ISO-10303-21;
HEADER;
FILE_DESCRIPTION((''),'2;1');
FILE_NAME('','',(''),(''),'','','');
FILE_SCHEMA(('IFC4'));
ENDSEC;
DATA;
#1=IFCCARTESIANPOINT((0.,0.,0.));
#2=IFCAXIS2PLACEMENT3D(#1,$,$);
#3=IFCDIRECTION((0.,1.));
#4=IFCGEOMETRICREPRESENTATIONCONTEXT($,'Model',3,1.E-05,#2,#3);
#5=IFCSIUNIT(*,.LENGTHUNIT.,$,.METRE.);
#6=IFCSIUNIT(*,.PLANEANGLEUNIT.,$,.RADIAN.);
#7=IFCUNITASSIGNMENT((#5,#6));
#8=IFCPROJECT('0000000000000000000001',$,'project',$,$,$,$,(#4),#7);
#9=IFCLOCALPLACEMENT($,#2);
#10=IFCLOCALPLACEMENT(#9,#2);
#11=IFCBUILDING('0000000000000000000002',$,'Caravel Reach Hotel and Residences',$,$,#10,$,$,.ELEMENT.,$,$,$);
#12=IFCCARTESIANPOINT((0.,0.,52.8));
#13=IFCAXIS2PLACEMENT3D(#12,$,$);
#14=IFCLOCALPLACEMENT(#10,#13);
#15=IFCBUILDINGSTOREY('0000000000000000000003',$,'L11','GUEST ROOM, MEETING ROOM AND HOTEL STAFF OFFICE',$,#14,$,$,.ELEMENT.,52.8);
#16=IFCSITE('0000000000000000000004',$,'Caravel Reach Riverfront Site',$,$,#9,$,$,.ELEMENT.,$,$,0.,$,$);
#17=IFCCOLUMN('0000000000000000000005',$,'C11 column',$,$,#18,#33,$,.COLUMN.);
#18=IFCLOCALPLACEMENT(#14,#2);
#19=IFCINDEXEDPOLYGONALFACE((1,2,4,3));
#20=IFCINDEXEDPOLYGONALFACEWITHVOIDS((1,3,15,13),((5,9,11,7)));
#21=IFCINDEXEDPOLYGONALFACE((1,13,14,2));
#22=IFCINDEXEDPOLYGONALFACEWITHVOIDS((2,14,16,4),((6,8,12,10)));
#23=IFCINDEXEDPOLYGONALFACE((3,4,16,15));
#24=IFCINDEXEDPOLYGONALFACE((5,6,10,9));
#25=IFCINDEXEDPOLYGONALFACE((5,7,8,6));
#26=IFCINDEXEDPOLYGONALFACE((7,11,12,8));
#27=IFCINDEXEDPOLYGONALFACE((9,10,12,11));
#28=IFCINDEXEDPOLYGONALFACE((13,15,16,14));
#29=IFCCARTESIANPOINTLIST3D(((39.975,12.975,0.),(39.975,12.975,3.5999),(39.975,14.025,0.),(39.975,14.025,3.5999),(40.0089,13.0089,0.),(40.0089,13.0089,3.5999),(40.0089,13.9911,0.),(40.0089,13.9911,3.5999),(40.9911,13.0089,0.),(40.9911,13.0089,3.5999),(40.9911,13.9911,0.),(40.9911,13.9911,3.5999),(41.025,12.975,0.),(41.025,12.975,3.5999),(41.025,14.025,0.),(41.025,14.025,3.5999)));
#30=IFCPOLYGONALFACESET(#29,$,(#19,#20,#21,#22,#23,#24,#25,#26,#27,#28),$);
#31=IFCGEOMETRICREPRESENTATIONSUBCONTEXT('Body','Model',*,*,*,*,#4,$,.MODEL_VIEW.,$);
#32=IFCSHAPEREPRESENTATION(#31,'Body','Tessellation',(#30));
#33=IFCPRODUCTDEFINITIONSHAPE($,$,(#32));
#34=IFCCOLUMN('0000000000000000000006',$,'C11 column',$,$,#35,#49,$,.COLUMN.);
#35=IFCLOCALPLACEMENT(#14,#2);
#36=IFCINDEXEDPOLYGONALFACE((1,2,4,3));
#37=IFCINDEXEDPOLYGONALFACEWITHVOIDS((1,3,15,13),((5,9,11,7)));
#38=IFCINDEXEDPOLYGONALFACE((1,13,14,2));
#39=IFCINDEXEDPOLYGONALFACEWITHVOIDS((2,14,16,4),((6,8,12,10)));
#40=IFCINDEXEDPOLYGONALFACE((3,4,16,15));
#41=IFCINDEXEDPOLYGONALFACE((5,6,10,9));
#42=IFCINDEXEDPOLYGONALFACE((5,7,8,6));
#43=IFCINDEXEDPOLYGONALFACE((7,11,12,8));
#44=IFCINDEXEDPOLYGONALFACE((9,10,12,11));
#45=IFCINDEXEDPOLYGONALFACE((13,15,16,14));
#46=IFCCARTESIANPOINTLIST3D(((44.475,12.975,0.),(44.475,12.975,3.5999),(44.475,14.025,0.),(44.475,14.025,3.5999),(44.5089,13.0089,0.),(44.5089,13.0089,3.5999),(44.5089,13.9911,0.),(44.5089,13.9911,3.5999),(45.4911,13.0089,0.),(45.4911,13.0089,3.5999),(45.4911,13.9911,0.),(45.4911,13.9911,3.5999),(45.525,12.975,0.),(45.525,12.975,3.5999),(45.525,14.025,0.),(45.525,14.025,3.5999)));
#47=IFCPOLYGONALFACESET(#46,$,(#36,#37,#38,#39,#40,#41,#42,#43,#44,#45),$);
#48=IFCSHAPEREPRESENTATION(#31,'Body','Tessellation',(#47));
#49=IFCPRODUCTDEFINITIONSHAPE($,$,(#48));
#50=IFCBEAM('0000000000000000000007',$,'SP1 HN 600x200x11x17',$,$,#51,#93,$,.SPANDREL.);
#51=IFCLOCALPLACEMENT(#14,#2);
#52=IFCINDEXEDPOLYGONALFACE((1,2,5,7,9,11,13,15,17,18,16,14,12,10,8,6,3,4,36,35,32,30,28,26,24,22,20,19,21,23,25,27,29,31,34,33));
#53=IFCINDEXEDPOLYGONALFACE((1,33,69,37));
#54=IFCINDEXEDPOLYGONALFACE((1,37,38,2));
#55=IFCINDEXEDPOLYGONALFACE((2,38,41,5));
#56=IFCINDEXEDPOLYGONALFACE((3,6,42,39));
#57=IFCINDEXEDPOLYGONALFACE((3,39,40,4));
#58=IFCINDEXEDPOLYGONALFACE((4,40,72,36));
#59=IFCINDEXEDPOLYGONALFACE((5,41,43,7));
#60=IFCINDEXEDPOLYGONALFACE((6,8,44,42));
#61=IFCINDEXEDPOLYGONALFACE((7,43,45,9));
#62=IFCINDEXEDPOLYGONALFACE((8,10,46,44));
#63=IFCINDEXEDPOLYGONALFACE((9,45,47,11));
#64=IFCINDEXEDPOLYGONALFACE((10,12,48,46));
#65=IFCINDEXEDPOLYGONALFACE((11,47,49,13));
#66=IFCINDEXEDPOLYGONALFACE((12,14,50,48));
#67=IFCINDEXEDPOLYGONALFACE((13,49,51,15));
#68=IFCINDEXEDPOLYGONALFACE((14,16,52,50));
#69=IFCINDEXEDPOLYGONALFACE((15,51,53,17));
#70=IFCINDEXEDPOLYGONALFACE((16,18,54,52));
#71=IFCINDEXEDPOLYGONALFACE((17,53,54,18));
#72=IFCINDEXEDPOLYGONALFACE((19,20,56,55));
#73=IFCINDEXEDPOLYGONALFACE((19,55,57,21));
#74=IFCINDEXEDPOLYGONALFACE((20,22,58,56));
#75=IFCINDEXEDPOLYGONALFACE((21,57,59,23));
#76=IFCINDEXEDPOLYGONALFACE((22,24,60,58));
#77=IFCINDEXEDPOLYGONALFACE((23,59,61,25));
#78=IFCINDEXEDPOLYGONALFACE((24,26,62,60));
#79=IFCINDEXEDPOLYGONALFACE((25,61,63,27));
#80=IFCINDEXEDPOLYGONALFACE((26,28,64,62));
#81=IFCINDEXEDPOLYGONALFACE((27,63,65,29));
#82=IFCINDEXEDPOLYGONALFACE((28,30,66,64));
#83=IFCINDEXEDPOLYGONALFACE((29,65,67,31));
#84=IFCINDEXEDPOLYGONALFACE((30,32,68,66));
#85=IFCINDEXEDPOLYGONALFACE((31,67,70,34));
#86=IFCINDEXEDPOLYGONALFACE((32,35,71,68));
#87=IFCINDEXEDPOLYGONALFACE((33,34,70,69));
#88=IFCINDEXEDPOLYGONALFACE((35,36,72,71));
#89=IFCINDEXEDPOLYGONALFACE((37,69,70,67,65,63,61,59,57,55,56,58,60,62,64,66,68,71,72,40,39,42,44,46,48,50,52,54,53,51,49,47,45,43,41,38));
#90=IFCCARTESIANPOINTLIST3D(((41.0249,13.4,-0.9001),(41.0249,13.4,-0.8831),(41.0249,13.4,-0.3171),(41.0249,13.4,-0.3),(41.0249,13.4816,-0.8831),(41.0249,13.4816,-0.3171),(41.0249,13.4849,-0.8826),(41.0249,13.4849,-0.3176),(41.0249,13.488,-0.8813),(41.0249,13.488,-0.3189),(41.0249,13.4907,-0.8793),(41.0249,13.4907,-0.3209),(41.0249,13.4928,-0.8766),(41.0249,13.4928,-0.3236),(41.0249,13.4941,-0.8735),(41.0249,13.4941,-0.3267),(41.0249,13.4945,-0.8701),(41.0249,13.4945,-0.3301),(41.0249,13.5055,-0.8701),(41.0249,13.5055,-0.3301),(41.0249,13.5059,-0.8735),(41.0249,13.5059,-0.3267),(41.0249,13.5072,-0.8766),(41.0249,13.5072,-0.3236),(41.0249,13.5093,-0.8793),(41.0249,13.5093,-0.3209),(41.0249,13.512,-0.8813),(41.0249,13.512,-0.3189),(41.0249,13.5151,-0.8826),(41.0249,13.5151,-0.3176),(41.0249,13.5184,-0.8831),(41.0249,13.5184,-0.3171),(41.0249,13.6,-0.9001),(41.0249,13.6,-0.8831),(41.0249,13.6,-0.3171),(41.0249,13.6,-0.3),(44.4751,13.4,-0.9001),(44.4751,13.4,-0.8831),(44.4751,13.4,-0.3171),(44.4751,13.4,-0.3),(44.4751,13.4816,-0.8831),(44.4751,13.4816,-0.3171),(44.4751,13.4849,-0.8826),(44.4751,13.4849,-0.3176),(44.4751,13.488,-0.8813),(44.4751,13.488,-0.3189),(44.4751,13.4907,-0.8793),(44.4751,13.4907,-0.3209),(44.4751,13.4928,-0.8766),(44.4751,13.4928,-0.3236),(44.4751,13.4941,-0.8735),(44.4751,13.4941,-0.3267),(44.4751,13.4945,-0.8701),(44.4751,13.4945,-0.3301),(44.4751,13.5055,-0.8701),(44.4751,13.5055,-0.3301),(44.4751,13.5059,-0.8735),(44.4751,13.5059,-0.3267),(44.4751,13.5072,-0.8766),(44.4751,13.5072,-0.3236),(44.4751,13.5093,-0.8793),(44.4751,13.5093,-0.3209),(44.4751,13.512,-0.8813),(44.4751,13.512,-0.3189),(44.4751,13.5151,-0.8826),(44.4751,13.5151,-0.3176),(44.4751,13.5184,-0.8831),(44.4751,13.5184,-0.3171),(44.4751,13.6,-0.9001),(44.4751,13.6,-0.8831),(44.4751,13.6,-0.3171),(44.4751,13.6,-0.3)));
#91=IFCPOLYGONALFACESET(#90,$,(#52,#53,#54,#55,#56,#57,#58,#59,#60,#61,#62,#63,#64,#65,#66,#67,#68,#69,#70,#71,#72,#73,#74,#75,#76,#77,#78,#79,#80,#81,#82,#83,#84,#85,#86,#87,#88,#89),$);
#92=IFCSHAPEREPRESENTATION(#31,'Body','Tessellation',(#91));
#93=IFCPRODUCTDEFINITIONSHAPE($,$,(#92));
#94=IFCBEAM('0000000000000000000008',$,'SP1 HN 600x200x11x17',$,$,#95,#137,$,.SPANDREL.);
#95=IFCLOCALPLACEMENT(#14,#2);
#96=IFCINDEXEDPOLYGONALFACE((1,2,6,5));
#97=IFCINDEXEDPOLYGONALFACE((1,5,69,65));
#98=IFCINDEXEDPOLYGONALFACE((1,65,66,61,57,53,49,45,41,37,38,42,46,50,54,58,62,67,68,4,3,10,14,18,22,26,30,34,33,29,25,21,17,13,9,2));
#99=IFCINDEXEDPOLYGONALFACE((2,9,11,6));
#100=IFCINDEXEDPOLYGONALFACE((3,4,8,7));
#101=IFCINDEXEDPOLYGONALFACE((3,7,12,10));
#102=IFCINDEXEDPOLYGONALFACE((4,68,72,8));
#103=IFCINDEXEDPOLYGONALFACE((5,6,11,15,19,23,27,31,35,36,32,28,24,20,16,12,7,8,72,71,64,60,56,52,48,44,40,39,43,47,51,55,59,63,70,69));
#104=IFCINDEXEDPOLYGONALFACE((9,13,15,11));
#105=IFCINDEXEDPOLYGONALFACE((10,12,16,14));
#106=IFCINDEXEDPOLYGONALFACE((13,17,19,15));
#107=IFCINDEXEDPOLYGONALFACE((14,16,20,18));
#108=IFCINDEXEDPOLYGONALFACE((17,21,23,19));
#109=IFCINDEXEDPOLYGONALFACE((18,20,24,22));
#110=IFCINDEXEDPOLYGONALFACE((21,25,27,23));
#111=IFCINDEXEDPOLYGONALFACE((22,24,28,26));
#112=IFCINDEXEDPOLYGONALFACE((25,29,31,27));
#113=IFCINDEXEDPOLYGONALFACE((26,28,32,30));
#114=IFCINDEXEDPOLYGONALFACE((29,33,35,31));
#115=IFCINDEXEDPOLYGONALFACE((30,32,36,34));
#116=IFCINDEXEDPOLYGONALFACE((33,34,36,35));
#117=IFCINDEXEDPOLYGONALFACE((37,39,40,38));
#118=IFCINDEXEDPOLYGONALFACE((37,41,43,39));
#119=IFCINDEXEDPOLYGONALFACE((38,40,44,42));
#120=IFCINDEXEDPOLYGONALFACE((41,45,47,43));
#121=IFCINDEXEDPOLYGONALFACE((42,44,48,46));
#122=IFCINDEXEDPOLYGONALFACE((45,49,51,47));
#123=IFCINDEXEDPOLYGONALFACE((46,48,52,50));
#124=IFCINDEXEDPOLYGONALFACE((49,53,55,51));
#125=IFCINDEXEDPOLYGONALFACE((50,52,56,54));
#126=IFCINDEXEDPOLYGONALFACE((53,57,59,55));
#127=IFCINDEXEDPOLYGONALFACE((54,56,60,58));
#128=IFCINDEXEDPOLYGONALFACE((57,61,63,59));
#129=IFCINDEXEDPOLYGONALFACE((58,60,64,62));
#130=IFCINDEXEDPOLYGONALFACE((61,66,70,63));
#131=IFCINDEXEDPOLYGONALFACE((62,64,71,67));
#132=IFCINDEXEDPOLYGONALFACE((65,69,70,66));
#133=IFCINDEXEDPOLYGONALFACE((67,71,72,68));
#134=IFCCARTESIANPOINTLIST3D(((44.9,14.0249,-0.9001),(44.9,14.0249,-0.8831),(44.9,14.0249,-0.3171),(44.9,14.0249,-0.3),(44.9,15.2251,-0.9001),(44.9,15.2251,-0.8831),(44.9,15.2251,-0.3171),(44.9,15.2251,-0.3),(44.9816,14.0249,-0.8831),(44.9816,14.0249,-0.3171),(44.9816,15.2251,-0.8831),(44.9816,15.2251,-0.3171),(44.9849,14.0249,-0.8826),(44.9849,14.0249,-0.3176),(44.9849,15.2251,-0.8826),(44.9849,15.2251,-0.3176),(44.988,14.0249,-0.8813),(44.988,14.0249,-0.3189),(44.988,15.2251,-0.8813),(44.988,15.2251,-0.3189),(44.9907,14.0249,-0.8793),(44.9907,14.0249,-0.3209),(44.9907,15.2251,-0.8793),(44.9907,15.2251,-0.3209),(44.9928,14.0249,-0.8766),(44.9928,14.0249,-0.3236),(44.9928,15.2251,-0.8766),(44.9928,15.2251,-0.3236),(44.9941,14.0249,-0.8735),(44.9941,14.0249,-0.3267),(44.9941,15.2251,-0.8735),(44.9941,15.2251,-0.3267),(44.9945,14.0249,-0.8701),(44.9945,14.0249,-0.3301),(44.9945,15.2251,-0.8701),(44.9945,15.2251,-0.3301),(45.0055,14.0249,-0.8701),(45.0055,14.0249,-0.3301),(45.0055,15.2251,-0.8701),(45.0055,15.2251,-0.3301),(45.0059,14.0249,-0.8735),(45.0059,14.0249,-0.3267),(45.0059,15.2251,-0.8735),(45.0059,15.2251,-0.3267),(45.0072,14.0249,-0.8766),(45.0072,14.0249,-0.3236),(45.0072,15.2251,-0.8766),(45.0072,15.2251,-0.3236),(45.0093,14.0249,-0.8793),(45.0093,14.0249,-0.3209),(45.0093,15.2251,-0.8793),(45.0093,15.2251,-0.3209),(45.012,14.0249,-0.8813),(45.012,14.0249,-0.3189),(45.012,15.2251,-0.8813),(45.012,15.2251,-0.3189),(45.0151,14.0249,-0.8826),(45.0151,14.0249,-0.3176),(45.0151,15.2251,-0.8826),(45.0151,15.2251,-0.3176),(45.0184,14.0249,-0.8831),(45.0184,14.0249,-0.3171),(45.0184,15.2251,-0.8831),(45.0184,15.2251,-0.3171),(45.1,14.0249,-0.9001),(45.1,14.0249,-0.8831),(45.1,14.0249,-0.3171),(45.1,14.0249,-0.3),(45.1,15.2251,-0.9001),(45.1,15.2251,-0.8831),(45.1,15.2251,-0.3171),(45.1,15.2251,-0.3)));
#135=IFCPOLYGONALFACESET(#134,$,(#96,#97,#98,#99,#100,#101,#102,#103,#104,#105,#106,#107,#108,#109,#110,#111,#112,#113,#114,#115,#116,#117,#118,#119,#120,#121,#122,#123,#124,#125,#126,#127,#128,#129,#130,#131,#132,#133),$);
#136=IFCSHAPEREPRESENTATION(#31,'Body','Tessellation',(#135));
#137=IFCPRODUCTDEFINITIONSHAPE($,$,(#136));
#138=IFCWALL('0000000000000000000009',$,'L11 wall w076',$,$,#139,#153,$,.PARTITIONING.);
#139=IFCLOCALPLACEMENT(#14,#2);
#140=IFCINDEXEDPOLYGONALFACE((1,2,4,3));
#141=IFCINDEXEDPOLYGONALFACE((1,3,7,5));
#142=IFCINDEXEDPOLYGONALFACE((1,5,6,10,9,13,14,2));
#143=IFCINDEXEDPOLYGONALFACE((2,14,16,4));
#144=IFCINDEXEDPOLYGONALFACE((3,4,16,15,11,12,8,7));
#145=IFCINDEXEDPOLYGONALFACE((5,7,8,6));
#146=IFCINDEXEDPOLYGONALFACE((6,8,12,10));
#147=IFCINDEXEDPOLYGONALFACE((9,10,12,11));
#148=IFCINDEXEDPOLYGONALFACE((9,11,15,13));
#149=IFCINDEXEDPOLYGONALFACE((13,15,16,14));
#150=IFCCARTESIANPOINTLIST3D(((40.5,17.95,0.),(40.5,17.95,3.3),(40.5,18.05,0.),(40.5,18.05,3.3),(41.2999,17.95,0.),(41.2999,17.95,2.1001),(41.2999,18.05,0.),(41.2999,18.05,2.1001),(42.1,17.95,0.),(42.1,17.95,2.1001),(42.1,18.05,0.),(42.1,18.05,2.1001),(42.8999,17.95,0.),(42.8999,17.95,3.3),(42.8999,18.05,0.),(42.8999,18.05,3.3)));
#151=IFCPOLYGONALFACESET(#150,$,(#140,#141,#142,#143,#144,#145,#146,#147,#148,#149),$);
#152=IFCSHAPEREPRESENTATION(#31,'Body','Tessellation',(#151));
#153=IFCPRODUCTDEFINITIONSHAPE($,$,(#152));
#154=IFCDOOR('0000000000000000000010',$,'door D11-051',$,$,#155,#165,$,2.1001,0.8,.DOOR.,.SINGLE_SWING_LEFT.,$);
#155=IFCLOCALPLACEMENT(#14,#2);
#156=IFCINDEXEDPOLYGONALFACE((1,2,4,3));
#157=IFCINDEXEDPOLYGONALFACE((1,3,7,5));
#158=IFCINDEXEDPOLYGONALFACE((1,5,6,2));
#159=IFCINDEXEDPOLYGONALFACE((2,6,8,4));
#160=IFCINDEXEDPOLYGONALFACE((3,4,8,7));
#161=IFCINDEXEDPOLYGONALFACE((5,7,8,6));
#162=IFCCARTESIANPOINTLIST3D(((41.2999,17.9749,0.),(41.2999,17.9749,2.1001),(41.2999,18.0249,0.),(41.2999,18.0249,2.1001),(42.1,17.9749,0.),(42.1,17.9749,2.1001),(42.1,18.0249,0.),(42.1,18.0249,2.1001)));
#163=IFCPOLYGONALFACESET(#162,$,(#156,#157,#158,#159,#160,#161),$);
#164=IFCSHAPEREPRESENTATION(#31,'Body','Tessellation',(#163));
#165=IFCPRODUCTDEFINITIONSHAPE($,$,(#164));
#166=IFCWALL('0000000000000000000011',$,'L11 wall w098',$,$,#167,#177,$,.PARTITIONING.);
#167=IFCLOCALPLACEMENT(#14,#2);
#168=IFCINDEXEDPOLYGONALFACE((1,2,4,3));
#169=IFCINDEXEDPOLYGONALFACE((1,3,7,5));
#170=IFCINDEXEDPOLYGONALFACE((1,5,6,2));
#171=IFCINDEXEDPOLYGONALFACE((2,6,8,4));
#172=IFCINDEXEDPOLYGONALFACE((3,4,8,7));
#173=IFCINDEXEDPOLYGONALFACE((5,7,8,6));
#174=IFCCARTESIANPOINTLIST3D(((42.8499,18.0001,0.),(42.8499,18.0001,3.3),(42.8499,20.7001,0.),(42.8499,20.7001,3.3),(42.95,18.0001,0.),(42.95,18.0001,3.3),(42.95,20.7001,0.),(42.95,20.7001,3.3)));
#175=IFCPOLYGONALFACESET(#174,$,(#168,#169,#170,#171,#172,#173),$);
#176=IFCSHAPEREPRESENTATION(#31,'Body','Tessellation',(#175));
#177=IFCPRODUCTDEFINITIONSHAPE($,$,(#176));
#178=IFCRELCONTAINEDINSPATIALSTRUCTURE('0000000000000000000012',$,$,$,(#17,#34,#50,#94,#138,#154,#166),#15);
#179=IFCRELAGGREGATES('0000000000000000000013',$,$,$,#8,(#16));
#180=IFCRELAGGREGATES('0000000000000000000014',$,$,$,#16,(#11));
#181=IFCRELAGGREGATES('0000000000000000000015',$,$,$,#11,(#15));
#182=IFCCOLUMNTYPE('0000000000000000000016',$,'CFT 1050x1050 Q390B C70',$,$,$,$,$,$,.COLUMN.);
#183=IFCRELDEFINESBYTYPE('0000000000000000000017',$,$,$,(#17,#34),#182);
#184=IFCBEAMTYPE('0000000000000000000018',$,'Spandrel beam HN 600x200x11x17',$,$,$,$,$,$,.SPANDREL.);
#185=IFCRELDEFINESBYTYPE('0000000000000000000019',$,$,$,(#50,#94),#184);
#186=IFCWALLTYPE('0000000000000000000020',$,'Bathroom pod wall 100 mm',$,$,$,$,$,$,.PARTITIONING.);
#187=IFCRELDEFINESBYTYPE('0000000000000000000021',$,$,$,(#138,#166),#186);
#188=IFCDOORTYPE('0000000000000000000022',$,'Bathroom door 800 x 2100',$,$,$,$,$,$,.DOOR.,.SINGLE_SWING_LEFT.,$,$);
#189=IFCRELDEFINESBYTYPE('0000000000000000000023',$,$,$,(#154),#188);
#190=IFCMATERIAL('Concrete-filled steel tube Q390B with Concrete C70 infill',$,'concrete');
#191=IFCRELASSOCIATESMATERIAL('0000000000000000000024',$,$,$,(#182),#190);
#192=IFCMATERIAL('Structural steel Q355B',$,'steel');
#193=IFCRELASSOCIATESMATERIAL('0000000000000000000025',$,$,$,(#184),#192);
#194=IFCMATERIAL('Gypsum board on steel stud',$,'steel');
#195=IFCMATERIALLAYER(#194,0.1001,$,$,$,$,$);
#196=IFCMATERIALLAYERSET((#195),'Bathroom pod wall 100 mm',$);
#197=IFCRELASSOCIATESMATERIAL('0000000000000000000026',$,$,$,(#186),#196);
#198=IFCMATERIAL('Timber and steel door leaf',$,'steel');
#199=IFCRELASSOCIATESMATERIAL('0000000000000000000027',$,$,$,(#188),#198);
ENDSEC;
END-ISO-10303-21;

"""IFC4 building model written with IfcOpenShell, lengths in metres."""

from ifc_helpers import new_model, si_unit, direction, frame, frame_2d, origin, origin_2d, place, context, subcontext, project, spatial, rectangle, hollow_rectangle, i_section, extrude, material, layer, layer_set, material_profile, profile_set, type_object, element, fill, save


model = new_model("IFC4")

# Units and contexts
model_context = context("Model", 3, precision=1e-05, world=origin(), true_north=direction((0.0, 1.0)))
body_context = subcontext(model_context, "Body", "Model", "MODEL_VIEW")
ifc_project = project(units=[si_unit("LENGTHUNIT", "METRE"), si_unit("PLANEANGLEUNIT", "RADIAN")], contexts=[model_context])

# Site, building, storey
site_placement = place(None, origin())
site = spatial("IfcSite", under=ifc_project, at=site_placement, Name="Caravel Reach Riverfront Site", CompositionType="ELEMENT", RefElevation=0.0)
building_placement = place(site_placement, origin())
building = spatial("IfcBuilding", under=site, at=building_placement, Name="Caravel Reach Hotel and Residences", CompositionType="ELEMENT")
storey_placement = place(building_placement, frame((0.0, 0.0, 52.8)))
storey = spatial("IfcBuildingStorey", under=building, at=storey_placement, Name="L11", Description="GUEST ROOM, MEETING ROOM AND HOTEL STAFF OFFICE", CompositionType="ELEMENT", Elevation=52.8)

# Columns
ifc_material_1 = material(Name="Concrete-filled steel tube Q390B with Concrete C70 infill", Category="concrete")
ifc_material_profile_1 = material_profile(ifc_material_1, hollow_rectangle(XDim=1.05, YDim=1.05, WallThickness=0.0339, at=origin_2d()), Name="RHS 1050x1050x34")
ifc_profile_set_1 = profile_set([ifc_material_profile_1], Name="Concrete-filled steel tube Q390B with Concrete C70 infill")
column_type = type_object("IfcColumnType", Name="CFT 1050x1050 Q390B C70", PredefinedType="COLUMN", material=ifc_profile_set_1)
for number, where, z_axis, x_axis, name in (
    (1, (40.5, 13.5, 0.0), (0.0, 0.0, 1.0), (1.0, 0.0, 0.0), "C11 column"),
    (2, (45.0, 13.5, 0.0), (0.0, 0.0, 1.0), (1.0, 0.0, 0.0), "C11 column"),
):
    element("IfcColumn", number, at=place(storey_placement, frame(where, z_axis=z_axis, x_axis=x_axis)), inside=storey, type_object=column_type, Name=name, PredefinedType="COLUMN", context=body_context, shape_type="SweptSolid", body=[
        extrude(hollow_rectangle(XDim=1.05, YDim=1.05, WallThickness=0.0339, at=origin_2d()), origin(), (0.0, 0.0, 1.0), 3.5999),
    ])

# Beams
ifc_material_2 = material(Name="Structural steel Q355B", Category="steel")
ifc_material_profile_2 = material_profile(ifc_material_2, i_section(OverallWidth=0.2, OverallDepth=0.6001, WebThickness=0.011, FlangeThickness=0.0171, FilletRadius=0.0129, at=origin_2d()), Name="HN 600x200x11x17")
ifc_profile_set_2 = profile_set([ifc_material_profile_2], Name="Structural steel Q355B")
beam_type = type_object("IfcBeamType", Name="Spandrel beam HN 600x200x11x17", PredefinedType="SPANDREL", material=ifc_profile_set_2)
beam_1_placement = place(storey_placement, frame((41.0249, 13.5, -0.6001), z_axis=(1.0, 0.0, 0.0), x_axis=(0.0, 1.0, 0.0)))
element("IfcBeam", 3, at=beam_1_placement, inside=storey, type_object=beam_type, Name="SP1 HN 600x200x11x17", PredefinedType="SPANDREL", context=body_context, shape_type="SweptSolid", body=[
    extrude(i_section(OverallWidth=0.2, OverallDepth=0.6001, WebThickness=0.011, FlangeThickness=0.0171, FilletRadius=0.0129, at=origin_2d()), origin(), (0.0, 0.0, 1.0), 3.4502),
])
beam_2_placement = place(storey_placement, frame((45.0, 14.0249, -0.6001), z_axis=(0.0, 1.0, 0.0), x_axis=(-1.0, 0.0, 0.0)))
element("IfcBeam", 4, at=beam_2_placement, inside=storey, type_object=beam_type, Name="SP1 HN 600x200x11x17", PredefinedType="SPANDREL", context=body_context, shape_type="SweptSolid", body=[
    extrude(i_section(OverallWidth=0.2, OverallDepth=0.6001, WebThickness=0.011, FlangeThickness=0.0171, FilletRadius=0.0129, at=origin_2d()), origin(), (0.0, 0.0, 1.0), 1.2002),
])

# Wall, opening, door
ifc_material_3 = material(Name="Gypsum board on steel stud", Category="steel")
ifc_layer_1 = layer(ifc_material_3, 0.1001)
ifc_layer_set_1 = layer_set([ifc_layer_1], Name="Bathroom pod wall 100 mm")
wall_type_1 = type_object("IfcWallType", Name="Bathroom pod wall 100 mm", PredefinedType="PARTITIONING", material=ifc_layer_set_1)
wall_1_placement = place(storey_placement, frame((40.5, 18.0, 0.0), z_axis=(0.0, 0.0, 1.0), x_axis=(1.0, 0.0, 0.0)))
wall_1 = element("IfcWall", 5, at=wall_1_placement, inside=storey, type_object=wall_type_1, Name="L11 wall w076", PredefinedType="PARTITIONING", context=body_context, shape_type="SweptSolid", body=[
    extrude(rectangle(XDim=2.3999, YDim=0.1001, at=frame_2d((1.2, 0.0))), origin(), (0.0, 0.0, 1.0), 3.3),
])
opening_1_placement = place(wall_1_placement, frame((0.8, 0.0, 0.0)))
opening_1 = element("IfcOpeningElement", 6, at=opening_1_placement, cuts=wall_1, PredefinedType="OPENING", context=body_context, shape_type="SweptSolid", body=[
    extrude(rectangle(XDim=0.8, YDim=2.1001, at=frame_2d((0.3999, 1.05))), frame((0.0, 0.0601, 0.0), z_axis=(0.0, -1.0, 0.0), x_axis=(1.0, 0.0, 0.0)), (0.0, 0.0, 1.0), 0.1201),
])
ifc_material_4 = material(Name="Timber and steel door leaf", Category="steel")
door_type_1 = type_object("IfcDoorType", Name="Bathroom door 800 x 2100", OperationType="SINGLE_SWING_LEFT", PredefinedType="DOOR", material=ifc_material_4)
door_1_placement = place(opening_1_placement, origin())
door_1 = element("IfcDoor", 7, at=door_1_placement, inside=storey, type_object=door_type_1, Name="door D11-051", OperationType="SINGLE_SWING_LEFT", OverallHeight=2.1001, OverallWidth=0.8, PredefinedType="DOOR", context=body_context, shape_type="SweptSolid", body=[
    extrude(rectangle(XDim=0.8, YDim=2.1001, at=frame_2d((0.3999, 1.05))), frame((0.0, 0.0249, 0.0), z_axis=(0.0, -1.0, 0.0), x_axis=(1.0, 0.0, 0.0)), (0.0, 0.0, 1.0), 0.05),
])
fill(opening_1, door_1)

# Wall
wall_2_placement = place(storey_placement, frame((42.8999, 18.0, 0.0), z_axis=(0.0, 0.0, 1.0), x_axis=(0.0, 1.0, 0.0)))
element("IfcWall", 8, at=wall_2_placement, inside=storey, type_object=wall_type_1, Name="L11 wall w098", PredefinedType="PARTITIONING", context=body_context, shape_type="SweptSolid", body=[
    extrude(rectangle(XDim=2.7, YDim=0.1001, at=frame_2d((1.3501, 0.0))), origin(), (0.0, 0.0, 1.0), 3.3),
])

save(model, "model.ifc")
